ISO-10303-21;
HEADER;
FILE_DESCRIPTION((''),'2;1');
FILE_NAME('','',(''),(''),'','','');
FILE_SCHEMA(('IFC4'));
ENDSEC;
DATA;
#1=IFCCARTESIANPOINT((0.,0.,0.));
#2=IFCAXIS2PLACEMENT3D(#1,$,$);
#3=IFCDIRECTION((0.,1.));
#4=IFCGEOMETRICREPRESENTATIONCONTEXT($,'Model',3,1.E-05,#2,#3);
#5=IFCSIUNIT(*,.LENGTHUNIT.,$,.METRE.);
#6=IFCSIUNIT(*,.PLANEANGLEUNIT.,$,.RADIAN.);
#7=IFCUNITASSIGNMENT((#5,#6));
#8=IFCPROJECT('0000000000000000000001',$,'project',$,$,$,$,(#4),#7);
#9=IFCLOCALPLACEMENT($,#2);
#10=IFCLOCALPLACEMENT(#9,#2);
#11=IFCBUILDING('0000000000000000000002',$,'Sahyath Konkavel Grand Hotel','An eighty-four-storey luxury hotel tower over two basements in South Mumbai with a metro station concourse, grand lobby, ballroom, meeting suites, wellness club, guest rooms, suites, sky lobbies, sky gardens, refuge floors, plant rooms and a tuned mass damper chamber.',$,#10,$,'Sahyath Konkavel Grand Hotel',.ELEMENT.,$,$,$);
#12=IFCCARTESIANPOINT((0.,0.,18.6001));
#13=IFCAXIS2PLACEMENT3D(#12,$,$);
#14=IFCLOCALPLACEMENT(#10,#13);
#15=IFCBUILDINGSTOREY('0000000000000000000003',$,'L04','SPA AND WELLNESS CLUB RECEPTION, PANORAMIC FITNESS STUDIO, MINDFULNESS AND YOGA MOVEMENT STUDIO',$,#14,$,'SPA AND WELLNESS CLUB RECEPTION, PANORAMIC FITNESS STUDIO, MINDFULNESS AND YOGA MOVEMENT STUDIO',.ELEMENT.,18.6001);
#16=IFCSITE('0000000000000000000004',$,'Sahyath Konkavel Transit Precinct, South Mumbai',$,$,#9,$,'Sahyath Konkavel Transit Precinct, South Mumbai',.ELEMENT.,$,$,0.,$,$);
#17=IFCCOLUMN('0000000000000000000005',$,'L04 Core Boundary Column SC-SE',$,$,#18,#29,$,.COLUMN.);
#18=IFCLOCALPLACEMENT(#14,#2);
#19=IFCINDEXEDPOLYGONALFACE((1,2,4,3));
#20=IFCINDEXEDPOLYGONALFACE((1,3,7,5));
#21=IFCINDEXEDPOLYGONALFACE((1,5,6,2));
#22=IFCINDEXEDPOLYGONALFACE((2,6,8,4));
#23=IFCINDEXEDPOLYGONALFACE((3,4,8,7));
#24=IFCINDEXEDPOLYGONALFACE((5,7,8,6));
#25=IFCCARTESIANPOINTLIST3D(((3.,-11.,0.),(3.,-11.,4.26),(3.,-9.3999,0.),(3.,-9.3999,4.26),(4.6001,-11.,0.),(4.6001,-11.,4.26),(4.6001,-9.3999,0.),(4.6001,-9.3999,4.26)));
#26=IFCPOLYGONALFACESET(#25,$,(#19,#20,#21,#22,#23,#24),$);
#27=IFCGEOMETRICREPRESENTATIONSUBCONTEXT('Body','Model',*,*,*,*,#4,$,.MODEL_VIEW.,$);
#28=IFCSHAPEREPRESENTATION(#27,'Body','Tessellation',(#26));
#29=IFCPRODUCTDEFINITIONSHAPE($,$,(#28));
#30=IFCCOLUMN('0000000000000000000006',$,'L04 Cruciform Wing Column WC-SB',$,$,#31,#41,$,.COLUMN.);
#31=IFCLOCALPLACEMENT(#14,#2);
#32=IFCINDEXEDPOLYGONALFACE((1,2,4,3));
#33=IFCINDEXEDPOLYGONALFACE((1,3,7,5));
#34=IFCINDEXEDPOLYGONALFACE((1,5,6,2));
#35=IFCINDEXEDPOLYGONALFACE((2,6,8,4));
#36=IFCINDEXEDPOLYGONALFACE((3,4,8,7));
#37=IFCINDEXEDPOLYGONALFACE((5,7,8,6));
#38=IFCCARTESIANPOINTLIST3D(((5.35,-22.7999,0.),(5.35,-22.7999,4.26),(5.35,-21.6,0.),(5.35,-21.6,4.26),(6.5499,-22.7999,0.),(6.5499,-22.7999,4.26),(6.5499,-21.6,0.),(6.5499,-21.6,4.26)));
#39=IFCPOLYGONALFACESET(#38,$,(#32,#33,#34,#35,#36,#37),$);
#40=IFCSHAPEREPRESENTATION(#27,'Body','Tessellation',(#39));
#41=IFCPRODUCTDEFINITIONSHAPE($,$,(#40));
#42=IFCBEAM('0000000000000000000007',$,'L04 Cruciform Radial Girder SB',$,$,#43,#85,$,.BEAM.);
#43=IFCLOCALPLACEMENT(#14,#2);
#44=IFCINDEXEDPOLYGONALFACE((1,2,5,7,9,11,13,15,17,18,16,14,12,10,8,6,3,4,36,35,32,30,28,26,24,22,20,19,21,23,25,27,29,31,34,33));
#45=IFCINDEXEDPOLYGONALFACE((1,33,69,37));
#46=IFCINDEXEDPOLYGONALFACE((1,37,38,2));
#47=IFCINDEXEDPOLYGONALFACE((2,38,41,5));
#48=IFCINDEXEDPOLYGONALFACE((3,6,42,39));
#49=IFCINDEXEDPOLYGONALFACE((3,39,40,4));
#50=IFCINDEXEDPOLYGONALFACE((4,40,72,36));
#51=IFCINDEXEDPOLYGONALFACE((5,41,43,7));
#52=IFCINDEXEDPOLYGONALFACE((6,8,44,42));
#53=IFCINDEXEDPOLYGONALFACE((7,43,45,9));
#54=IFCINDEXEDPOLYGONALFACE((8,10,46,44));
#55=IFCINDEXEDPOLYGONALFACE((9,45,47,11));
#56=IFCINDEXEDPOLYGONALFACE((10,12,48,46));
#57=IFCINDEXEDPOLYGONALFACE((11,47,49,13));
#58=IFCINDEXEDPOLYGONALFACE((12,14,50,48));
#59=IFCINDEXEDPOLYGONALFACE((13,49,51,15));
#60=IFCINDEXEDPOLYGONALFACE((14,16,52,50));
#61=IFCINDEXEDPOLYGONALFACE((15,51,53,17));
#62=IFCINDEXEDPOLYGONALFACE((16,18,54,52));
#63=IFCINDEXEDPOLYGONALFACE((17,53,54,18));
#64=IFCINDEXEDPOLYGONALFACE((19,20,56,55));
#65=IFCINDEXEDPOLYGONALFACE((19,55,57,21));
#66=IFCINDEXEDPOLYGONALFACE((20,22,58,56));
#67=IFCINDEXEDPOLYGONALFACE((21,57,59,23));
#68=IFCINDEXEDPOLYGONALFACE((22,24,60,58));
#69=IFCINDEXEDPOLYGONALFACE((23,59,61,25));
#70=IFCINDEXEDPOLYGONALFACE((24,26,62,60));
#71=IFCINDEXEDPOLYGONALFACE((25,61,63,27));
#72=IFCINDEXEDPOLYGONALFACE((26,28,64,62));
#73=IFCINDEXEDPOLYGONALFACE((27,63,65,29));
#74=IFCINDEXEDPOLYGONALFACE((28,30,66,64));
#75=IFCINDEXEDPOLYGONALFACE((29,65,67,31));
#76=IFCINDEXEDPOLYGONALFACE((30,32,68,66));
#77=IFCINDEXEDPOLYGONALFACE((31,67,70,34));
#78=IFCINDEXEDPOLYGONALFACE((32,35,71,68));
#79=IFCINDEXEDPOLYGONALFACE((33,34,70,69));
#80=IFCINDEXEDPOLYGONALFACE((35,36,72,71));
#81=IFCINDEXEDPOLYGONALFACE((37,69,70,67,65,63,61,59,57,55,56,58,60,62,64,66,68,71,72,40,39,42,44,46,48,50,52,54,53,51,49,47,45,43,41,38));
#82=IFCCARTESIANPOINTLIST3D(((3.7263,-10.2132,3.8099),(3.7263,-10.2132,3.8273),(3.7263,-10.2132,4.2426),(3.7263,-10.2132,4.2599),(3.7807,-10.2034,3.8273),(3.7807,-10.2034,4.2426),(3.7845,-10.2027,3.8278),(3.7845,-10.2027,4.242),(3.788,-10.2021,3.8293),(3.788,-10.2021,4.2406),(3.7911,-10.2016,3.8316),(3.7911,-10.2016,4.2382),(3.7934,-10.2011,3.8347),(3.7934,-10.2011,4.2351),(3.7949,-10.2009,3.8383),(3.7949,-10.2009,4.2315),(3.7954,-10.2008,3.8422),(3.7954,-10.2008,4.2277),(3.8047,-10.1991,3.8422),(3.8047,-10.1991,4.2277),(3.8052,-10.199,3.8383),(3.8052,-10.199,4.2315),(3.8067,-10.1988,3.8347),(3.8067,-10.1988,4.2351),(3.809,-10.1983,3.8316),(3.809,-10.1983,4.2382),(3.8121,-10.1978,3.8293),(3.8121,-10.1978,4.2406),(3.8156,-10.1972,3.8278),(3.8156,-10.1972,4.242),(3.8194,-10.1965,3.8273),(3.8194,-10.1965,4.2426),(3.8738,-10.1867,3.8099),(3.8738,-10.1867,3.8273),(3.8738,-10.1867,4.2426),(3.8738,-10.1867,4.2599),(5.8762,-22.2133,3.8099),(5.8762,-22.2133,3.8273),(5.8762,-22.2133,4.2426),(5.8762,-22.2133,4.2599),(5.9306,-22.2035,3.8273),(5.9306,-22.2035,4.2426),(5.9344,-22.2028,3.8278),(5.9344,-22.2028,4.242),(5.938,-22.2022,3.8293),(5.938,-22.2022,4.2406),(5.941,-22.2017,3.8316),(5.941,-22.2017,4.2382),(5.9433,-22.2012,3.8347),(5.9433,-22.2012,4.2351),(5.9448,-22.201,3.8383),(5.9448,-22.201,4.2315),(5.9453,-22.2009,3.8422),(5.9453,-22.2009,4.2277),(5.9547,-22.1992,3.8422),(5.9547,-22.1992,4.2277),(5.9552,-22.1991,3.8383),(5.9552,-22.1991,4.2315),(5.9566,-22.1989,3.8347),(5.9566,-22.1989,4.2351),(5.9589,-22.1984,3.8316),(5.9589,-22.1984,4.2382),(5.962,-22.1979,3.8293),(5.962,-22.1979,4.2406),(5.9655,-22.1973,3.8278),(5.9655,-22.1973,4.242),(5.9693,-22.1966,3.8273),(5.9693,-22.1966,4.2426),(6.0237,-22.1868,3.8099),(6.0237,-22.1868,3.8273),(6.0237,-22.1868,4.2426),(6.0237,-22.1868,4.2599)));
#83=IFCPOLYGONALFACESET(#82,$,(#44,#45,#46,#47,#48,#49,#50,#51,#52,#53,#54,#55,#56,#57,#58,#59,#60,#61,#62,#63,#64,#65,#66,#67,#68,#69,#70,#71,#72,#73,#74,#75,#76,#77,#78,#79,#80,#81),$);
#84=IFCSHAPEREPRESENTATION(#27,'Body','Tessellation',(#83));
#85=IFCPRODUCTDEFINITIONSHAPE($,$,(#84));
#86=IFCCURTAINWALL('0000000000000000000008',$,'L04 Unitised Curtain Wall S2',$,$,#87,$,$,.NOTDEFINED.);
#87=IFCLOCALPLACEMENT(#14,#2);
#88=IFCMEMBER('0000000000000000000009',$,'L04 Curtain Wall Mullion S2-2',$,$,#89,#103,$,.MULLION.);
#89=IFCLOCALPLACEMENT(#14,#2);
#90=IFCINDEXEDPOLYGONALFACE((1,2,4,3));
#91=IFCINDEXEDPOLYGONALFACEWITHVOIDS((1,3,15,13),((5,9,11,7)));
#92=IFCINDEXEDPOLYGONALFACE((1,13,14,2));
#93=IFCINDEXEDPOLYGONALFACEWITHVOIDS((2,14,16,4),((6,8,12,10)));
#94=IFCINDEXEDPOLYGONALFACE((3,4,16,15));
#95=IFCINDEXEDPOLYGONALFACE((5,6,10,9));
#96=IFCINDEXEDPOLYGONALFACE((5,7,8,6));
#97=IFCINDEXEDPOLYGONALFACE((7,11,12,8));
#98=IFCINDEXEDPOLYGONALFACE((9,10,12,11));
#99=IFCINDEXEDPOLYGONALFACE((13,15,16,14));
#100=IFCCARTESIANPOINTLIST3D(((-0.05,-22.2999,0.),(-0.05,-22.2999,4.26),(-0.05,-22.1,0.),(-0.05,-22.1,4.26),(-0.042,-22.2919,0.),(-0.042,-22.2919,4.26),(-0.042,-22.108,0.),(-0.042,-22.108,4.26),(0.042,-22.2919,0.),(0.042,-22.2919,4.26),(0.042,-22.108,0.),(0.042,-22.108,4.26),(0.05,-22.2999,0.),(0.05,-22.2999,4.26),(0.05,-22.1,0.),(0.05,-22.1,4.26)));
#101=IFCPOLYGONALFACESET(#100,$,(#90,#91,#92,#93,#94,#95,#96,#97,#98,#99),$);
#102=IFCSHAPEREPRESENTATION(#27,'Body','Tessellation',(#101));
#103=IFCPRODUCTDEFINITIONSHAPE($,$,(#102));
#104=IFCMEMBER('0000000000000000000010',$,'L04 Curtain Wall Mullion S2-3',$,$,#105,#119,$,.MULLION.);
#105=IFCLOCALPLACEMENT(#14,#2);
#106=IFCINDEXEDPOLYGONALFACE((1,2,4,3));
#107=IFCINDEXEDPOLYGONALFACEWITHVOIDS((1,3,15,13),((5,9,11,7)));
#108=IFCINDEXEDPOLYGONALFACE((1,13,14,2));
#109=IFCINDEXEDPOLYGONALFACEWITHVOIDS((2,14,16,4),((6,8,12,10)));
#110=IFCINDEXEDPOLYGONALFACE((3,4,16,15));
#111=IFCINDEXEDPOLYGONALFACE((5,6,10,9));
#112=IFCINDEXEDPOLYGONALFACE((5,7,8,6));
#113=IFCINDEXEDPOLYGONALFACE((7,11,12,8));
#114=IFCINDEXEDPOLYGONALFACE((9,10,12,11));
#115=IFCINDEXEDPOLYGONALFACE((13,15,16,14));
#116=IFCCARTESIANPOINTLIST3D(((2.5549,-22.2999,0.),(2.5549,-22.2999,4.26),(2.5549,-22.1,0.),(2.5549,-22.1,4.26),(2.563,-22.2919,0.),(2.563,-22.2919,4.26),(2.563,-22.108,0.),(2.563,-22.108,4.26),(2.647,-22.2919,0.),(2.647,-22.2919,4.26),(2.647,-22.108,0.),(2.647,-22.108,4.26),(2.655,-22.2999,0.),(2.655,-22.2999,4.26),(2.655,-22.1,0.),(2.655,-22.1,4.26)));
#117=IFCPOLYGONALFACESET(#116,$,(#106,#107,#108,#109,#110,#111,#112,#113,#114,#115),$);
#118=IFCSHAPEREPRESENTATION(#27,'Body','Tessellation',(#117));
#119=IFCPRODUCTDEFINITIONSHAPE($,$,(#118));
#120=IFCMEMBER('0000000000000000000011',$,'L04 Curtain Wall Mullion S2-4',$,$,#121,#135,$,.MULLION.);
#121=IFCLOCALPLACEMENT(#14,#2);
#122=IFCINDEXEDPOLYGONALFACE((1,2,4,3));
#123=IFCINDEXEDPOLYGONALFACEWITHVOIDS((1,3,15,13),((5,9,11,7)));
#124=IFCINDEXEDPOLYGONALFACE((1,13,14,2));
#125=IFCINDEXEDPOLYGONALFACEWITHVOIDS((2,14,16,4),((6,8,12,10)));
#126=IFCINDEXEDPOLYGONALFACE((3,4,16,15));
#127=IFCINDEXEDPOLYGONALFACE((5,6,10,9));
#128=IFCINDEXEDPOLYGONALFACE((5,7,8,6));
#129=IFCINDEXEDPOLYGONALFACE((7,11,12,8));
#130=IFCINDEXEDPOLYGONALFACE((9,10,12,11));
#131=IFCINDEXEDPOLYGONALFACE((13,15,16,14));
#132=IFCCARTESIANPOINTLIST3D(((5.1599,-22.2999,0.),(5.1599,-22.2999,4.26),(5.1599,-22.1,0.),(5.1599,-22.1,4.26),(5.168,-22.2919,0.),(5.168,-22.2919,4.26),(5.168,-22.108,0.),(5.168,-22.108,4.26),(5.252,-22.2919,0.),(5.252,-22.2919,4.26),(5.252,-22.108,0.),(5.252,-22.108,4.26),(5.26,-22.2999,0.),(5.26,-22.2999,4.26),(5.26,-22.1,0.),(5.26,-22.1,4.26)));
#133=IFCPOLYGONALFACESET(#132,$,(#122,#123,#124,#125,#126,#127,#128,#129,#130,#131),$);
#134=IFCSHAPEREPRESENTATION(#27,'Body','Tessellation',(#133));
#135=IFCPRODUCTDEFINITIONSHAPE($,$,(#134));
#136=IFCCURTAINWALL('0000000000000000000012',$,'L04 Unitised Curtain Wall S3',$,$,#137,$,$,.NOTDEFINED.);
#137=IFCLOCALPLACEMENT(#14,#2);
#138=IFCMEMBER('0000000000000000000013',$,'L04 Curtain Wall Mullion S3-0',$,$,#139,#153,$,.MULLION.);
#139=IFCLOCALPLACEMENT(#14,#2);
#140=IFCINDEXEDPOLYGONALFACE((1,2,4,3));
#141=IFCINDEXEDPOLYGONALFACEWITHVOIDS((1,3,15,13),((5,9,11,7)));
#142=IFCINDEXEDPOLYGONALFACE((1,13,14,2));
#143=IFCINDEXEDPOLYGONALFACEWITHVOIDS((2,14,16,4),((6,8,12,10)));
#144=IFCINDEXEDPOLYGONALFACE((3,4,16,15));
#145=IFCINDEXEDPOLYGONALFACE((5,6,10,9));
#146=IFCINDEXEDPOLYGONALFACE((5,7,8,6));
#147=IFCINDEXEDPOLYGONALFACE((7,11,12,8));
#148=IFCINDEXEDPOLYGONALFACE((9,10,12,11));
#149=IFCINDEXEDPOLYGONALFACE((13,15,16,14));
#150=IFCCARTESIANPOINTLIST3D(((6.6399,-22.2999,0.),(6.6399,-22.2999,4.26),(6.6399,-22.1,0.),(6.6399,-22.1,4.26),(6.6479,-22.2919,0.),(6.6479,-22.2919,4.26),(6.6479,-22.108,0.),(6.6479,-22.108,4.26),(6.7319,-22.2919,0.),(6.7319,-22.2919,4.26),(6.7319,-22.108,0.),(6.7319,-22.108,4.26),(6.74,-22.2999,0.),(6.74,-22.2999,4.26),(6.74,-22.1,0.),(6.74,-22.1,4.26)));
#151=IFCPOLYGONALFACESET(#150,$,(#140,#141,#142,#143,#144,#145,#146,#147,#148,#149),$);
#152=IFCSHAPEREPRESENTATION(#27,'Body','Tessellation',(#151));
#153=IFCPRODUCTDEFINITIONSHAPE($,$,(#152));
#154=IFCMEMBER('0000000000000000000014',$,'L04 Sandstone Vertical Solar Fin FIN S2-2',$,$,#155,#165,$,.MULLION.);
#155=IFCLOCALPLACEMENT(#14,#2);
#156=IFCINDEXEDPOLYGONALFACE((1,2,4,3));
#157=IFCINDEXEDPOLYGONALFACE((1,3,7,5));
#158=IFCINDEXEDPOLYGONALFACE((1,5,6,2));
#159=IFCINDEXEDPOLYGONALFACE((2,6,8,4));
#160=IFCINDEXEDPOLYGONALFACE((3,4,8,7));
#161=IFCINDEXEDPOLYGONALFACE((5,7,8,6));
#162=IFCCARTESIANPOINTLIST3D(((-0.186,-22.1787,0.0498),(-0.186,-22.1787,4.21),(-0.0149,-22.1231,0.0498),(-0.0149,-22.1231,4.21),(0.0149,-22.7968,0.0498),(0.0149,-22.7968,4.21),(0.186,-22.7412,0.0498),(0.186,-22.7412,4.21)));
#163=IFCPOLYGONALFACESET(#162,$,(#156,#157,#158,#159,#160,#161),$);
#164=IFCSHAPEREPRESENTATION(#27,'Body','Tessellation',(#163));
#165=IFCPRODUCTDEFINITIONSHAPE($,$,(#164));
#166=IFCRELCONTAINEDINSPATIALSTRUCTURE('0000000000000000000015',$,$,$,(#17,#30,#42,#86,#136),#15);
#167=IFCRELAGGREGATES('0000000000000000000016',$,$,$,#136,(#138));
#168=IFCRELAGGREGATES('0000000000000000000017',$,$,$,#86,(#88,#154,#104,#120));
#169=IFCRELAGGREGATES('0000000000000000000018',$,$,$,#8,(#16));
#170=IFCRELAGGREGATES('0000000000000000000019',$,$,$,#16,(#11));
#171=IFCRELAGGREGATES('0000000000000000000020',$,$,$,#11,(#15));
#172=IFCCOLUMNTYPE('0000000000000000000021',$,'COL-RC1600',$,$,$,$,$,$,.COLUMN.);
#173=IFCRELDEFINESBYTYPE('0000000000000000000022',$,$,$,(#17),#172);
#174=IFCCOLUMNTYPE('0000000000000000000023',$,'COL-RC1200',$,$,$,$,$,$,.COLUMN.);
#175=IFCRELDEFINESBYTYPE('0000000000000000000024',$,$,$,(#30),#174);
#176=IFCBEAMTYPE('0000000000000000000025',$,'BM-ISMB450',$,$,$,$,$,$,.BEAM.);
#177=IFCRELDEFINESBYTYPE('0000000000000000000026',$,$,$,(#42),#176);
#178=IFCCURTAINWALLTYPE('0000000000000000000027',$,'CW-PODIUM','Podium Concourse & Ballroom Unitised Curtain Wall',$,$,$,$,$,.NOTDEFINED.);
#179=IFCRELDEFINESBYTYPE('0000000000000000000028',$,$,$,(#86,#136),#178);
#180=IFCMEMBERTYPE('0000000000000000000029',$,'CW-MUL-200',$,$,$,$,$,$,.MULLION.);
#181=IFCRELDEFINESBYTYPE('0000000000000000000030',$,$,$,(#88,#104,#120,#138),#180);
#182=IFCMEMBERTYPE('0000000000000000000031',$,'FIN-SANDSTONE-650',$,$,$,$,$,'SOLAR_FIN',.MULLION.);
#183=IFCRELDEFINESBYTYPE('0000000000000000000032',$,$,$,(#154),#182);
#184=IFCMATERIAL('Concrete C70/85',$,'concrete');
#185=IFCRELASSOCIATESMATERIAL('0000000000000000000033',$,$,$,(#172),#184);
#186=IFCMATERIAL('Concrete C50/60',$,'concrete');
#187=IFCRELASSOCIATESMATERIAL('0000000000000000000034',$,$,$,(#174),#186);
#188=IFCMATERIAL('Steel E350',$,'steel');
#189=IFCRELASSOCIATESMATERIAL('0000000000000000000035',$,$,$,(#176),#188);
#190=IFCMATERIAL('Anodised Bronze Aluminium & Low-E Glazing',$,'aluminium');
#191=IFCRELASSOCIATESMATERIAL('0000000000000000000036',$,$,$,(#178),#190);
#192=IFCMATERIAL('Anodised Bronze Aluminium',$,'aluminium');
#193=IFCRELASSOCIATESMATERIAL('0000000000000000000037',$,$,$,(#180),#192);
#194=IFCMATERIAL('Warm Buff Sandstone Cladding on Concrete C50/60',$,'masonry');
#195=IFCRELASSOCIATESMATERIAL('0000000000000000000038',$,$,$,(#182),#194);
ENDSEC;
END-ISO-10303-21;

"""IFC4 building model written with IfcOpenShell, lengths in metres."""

from ifc_helpers import new_model, si_unit, direction, frame, origin, origin_2d, place, context, subcontext, project, spatial, rectangle, hollow_rectangle, i_section, extrude, source, transform, mapped, material, material_profile, profile_set, type_object, element, aggregate, save


model = new_model("IFC4")

# Units and contexts
model_context = context("Model", 3, precision=1e-05, world=origin(), true_north=direction((0.0, 1.0)))
body_context = subcontext(model_context, "Body", "Model", "MODEL_VIEW")
ifc_project = project(units=[si_unit("LENGTHUNIT", "METRE"), si_unit("PLANEANGLEUNIT", "RADIAN")], contexts=[model_context])

# Site, building, storey
site_placement = place(None, origin())
site = spatial("IfcSite", under=ifc_project, at=site_placement, Name="Sahyath Konkavel Transit Precinct, South Mumbai", LongName="Sahyath Konkavel Transit Precinct, South Mumbai", CompositionType="ELEMENT", RefElevation=0.0)
building_placement = place(site_placement, origin())
building = spatial("IfcBuilding", under=site, at=building_placement, Name="Sahyath Konkavel Grand Hotel", Description="An eighty-four-storey luxury hotel tower over two basements in South Mumbai with a metro station concourse, grand lobby, ballroom, meeting suites, wellness club, guest rooms, suites, sky lobbies, sky gardens, refuge floors, plant rooms and a tuned mass damper chamber.", LongName="Sahyath Konkavel Grand Hotel", CompositionType="ELEMENT")
storey_placement = place(building_placement, frame((0.0, 0.0, 18.6001)))
storey = spatial("IfcBuildingStorey", under=building, at=storey_placement, Name="L04", Description="SPA AND WELLNESS CLUB RECEPTION, PANORAMIC FITNESS STUDIO, MINDFULNESS AND YOGA MOVEMENT STUDIO", LongName="SPA AND WELLNESS CLUB RECEPTION, PANORAMIC FITNESS STUDIO, MINDFULNESS AND YOGA MOVEMENT STUDIO", CompositionType="ELEMENT", Elevation=18.6001)

# Columns
ifc_material_1 = material(Name="Concrete C70/85", Category="concrete")
ifc_material_profile_1 = material_profile(ifc_material_1, rectangle(XDim=1.6001, YDim=1.6001, at=origin_2d()), Name="RC 1600x1600")
ifc_profile_set_1 = profile_set([ifc_material_profile_1], Name="Concrete C70/85")
column_type_1 = type_object("IfcColumnType", Name="COL-RC1600", PredefinedType="COLUMN", material=ifc_profile_set_1)
shared_shape_1 = source(origin(), body_context, "Body", "SweptSolid", [
    extrude(rectangle(XDim=1.6001, YDim=1.6001, at=origin_2d()), origin(), (0.0, 0.0, 1.0), 4.26),
])
column_1_placement = place(storey_placement, frame((3.8, -10.2, 0.0), z_axis=(0.0, 0.0, 1.0), x_axis=(1.0, 0.0, 0.0)))
element("IfcColumn", 1, at=column_1_placement, inside=storey, type_object=column_type_1, Name="L04 Core Boundary Column SC-SE", PredefinedType="COLUMN", context=body_context, shape_type="MappedRepresentation", body=[
    mapped(shared_shape_1, transform((0.0, 0.0, 0.0), scale=1.0)),
])
ifc_material_2 = material(Name="Concrete C50/60", Category="concrete")
ifc_material_profile_2 = material_profile(ifc_material_2, rectangle(XDim=1.2, YDim=1.2, at=origin_2d()), Name="RC 1200x1200")
ifc_profile_set_2 = profile_set([ifc_material_profile_2], Name="Concrete C50/60")
column_type_2 = type_object("IfcColumnType", Name="COL-RC1200", PredefinedType="COLUMN", material=ifc_profile_set_2)
shared_shape_2 = source(origin(), body_context, "Body", "SweptSolid", [
    extrude(rectangle(XDim=1.2, YDim=1.2, at=origin_2d()), origin(), (0.0, 0.0, 1.0), 4.26),
])
column_2_placement = place(storey_placement, frame((5.95, -22.2, 0.0), z_axis=(0.0, 0.0, 1.0), x_axis=(1.0, 0.0, 0.0)))
element("IfcColumn", 2, at=column_2_placement, inside=storey, type_object=column_type_2, Name="L04 Cruciform Wing Column WC-SB", PredefinedType="COLUMN", context=body_context, shape_type="MappedRepresentation", body=[
    mapped(shared_shape_2, transform((0.0, 0.0, 0.0), scale=1.0)),
])

# Beam
ifc_material_3 = material(Name="Steel E350", Category="steel")
ifc_material_profile_3 = material_profile(ifc_material_3, i_section(OverallWidth=0.1499, OverallDepth=0.45, WebThickness=0.0095, FlangeThickness=0.0173, FilletRadius=0.0149, at=origin_2d()), Name="ISMB 450")
ifc_profile_set_3 = profile_set([ifc_material_profile_3], Name="Steel E350")
beam_type = type_object("IfcBeamType", Name="BM-ISMB450", PredefinedType="BEAM", material=ifc_profile_set_3)
shared_shape_3 = source(origin(), body_context, "Body", "SweptSolid", [
    extrude(i_section(OverallWidth=0.1499, OverallDepth=0.45, WebThickness=0.0095, FlangeThickness=0.0173, FilletRadius=0.0149, at=origin_2d()), origin(), (0.0, 0.0, 1.0), 12.1912),
])
beam_placement = place(storey_placement, frame((3.8, -10.2, 4.0349), z_axis=(0.176351, -0.984327, 0.0), x_axis=(0.984327, 0.176351, 0.0)))
element("IfcBeam", 3, at=beam_placement, inside=storey, type_object=beam_type, Name="L04 Cruciform Radial Girder SB", PredefinedType="BEAM", context=body_context, shape_type="MappedRepresentation", body=[
    mapped(shared_shape_3, transform((0.0, 0.0, 0.0), scale=1.0)),
])

# Curtain wall, members
ifc_material_4 = material(Name="Anodised Bronze Aluminium & Low-E Glazing", Category="aluminium")
curtain_wall_type = type_object("IfcCurtainWallType", Name="CW-PODIUM", Description="Podium Concourse & Ballroom Unitised Curtain Wall", PredefinedType="NOTDEFINED", material=ifc_material_4)
curtain_wall_1_placement = place(storey_placement, origin())
curtain_wall_1 = element("IfcCurtainWall", 4, at=curtain_wall_1_placement, inside=storey, type_object=curtain_wall_type, Name="L04 Unitised Curtain Wall S2", PredefinedType="NOTDEFINED")
ifc_material_5 = material(Name="Anodised Bronze Aluminium", Category="aluminium")
ifc_material_profile_4 = material_profile(ifc_material_5, hollow_rectangle(XDim=0.1001, YDim=0.2, WallThickness=0.0081, at=origin_2d()), Name="RHS 200x100x8")
ifc_profile_set_4 = profile_set([ifc_material_profile_4], Name="Anodised Bronze Aluminium")
member_type_1 = type_object("IfcMemberType", Name="CW-MUL-200", PredefinedType="MULLION", material=ifc_profile_set_4)
shared_shape_4 = source(origin(), body_context, "Body", "SweptSolid", [
    extrude(hollow_rectangle(XDim=0.1001, YDim=0.2, WallThickness=0.0081, at=origin_2d()), origin(), (0.0, 0.0, 1.0), 4.26),
])
member_1_placement = place(storey_placement, frame((0.0, -22.2, 0.0), z_axis=(0.0, 0.0, 1.0), x_axis=(1.0, 0.0, 0.0)))
member_1 = element("IfcMember", 5, at=member_1_placement, type_object=member_type_1, Name="L04 Curtain Wall Mullion S2-2", PredefinedType="MULLION", context=body_context, shape_type="MappedRepresentation", body=[
    mapped(shared_shape_4, transform((0.0, 0.0, 0.0), scale=1.0)),
])
member_2_placement = place(storey_placement, frame((2.605, -22.2, 0.0), z_axis=(0.0, 0.0, 1.0), x_axis=(1.0, 0.0, 0.0)))
member_2 = element("IfcMember", 6, at=member_2_placement, type_object=member_type_1, Name="L04 Curtain Wall Mullion S2-3", PredefinedType="MULLION", context=body_context, shape_type="MappedRepresentation", body=[
    mapped(shared_shape_4, transform((0.0, 0.0, 0.0), scale=1.0)),
])
member_3_placement = place(storey_placement, frame((5.21, -22.2, 0.0), z_axis=(0.0, 0.0, 1.0), x_axis=(1.0, 0.0, 0.0)))
member_3 = element("IfcMember", 7, at=member_3_placement, type_object=member_type_1, Name="L04 Curtain Wall Mullion S2-4", PredefinedType="MULLION", context=body_context, shape_type="MappedRepresentation", body=[
    mapped(shared_shape_4, transform((0.0, 0.0, 0.0), scale=1.0)),
])

# Curtain wall, member
curtain_wall_2_placement = place(storey_placement, origin())
curtain_wall_2 = element("IfcCurtainWall", 8, at=curtain_wall_2_placement, inside=storey, type_object=curtain_wall_type, Name="L04 Unitised Curtain Wall S3", PredefinedType="NOTDEFINED")
member_4_placement = place(storey_placement, frame((6.6899, -22.2, 0.0), z_axis=(0.0, 0.0, 1.0), x_axis=(1.0, 0.0, 0.0)))
member_4 = element("IfcMember", 9, at=member_4_placement, type_object=member_type_1, Name="L04 Curtain Wall Mullion S3-0", PredefinedType="MULLION", context=body_context, shape_type="MappedRepresentation", body=[
    mapped(shared_shape_4, transform((0.0, 0.0, 0.0), scale=1.0)),
])
aggregate(curtain_wall_2, [member_4])

# Member
ifc_material_6 = material(Name="Warm Buff Sandstone Cladding on Concrete C50/60", Category="masonry")
ifc_material_profile_5 = material_profile(ifc_material_6, rectangle(XDim=0.1799, YDim=0.6499, at=origin_2d()), Name="FIN 180x650")
ifc_profile_set_5 = profile_set([ifc_material_profile_5], Name="Warm Buff Sandstone Cladding on Concrete C50/60")
member_type_2 = type_object("IfcMemberType", Name="FIN-SANDSTONE-650", ElementType="SOLAR_FIN", PredefinedType="MULLION", material=ifc_profile_set_5)
shared_shape_5 = source(origin(), body_context, "Body", "SweptSolid", [
    extrude(rectangle(XDim=0.1799, YDim=0.6499, at=origin_2d()), origin(), (0.0, 0.0, 1.0), 4.1602),
])
member_5_placement = place(storey_placement, frame((0.0, -22.46, 0.0498), z_axis=(0.0, 0.0, 1.0), x_axis=(0.951057, 0.309017, 0.0)))
member_5 = element("IfcMember", 10, at=member_5_placement, type_object=member_type_2, Name="L04 Sandstone Vertical Solar Fin FIN S2-2", PredefinedType="MULLION", context=body_context, shape_type="MappedRepresentation", body=[
    mapped(shared_shape_5, transform((0.0, 0.0, 0.0), scale=1.0)),
])

aggregate(curtain_wall_1, [member_1, member_5, member_2, member_3])

save(model, "model.ifc")
